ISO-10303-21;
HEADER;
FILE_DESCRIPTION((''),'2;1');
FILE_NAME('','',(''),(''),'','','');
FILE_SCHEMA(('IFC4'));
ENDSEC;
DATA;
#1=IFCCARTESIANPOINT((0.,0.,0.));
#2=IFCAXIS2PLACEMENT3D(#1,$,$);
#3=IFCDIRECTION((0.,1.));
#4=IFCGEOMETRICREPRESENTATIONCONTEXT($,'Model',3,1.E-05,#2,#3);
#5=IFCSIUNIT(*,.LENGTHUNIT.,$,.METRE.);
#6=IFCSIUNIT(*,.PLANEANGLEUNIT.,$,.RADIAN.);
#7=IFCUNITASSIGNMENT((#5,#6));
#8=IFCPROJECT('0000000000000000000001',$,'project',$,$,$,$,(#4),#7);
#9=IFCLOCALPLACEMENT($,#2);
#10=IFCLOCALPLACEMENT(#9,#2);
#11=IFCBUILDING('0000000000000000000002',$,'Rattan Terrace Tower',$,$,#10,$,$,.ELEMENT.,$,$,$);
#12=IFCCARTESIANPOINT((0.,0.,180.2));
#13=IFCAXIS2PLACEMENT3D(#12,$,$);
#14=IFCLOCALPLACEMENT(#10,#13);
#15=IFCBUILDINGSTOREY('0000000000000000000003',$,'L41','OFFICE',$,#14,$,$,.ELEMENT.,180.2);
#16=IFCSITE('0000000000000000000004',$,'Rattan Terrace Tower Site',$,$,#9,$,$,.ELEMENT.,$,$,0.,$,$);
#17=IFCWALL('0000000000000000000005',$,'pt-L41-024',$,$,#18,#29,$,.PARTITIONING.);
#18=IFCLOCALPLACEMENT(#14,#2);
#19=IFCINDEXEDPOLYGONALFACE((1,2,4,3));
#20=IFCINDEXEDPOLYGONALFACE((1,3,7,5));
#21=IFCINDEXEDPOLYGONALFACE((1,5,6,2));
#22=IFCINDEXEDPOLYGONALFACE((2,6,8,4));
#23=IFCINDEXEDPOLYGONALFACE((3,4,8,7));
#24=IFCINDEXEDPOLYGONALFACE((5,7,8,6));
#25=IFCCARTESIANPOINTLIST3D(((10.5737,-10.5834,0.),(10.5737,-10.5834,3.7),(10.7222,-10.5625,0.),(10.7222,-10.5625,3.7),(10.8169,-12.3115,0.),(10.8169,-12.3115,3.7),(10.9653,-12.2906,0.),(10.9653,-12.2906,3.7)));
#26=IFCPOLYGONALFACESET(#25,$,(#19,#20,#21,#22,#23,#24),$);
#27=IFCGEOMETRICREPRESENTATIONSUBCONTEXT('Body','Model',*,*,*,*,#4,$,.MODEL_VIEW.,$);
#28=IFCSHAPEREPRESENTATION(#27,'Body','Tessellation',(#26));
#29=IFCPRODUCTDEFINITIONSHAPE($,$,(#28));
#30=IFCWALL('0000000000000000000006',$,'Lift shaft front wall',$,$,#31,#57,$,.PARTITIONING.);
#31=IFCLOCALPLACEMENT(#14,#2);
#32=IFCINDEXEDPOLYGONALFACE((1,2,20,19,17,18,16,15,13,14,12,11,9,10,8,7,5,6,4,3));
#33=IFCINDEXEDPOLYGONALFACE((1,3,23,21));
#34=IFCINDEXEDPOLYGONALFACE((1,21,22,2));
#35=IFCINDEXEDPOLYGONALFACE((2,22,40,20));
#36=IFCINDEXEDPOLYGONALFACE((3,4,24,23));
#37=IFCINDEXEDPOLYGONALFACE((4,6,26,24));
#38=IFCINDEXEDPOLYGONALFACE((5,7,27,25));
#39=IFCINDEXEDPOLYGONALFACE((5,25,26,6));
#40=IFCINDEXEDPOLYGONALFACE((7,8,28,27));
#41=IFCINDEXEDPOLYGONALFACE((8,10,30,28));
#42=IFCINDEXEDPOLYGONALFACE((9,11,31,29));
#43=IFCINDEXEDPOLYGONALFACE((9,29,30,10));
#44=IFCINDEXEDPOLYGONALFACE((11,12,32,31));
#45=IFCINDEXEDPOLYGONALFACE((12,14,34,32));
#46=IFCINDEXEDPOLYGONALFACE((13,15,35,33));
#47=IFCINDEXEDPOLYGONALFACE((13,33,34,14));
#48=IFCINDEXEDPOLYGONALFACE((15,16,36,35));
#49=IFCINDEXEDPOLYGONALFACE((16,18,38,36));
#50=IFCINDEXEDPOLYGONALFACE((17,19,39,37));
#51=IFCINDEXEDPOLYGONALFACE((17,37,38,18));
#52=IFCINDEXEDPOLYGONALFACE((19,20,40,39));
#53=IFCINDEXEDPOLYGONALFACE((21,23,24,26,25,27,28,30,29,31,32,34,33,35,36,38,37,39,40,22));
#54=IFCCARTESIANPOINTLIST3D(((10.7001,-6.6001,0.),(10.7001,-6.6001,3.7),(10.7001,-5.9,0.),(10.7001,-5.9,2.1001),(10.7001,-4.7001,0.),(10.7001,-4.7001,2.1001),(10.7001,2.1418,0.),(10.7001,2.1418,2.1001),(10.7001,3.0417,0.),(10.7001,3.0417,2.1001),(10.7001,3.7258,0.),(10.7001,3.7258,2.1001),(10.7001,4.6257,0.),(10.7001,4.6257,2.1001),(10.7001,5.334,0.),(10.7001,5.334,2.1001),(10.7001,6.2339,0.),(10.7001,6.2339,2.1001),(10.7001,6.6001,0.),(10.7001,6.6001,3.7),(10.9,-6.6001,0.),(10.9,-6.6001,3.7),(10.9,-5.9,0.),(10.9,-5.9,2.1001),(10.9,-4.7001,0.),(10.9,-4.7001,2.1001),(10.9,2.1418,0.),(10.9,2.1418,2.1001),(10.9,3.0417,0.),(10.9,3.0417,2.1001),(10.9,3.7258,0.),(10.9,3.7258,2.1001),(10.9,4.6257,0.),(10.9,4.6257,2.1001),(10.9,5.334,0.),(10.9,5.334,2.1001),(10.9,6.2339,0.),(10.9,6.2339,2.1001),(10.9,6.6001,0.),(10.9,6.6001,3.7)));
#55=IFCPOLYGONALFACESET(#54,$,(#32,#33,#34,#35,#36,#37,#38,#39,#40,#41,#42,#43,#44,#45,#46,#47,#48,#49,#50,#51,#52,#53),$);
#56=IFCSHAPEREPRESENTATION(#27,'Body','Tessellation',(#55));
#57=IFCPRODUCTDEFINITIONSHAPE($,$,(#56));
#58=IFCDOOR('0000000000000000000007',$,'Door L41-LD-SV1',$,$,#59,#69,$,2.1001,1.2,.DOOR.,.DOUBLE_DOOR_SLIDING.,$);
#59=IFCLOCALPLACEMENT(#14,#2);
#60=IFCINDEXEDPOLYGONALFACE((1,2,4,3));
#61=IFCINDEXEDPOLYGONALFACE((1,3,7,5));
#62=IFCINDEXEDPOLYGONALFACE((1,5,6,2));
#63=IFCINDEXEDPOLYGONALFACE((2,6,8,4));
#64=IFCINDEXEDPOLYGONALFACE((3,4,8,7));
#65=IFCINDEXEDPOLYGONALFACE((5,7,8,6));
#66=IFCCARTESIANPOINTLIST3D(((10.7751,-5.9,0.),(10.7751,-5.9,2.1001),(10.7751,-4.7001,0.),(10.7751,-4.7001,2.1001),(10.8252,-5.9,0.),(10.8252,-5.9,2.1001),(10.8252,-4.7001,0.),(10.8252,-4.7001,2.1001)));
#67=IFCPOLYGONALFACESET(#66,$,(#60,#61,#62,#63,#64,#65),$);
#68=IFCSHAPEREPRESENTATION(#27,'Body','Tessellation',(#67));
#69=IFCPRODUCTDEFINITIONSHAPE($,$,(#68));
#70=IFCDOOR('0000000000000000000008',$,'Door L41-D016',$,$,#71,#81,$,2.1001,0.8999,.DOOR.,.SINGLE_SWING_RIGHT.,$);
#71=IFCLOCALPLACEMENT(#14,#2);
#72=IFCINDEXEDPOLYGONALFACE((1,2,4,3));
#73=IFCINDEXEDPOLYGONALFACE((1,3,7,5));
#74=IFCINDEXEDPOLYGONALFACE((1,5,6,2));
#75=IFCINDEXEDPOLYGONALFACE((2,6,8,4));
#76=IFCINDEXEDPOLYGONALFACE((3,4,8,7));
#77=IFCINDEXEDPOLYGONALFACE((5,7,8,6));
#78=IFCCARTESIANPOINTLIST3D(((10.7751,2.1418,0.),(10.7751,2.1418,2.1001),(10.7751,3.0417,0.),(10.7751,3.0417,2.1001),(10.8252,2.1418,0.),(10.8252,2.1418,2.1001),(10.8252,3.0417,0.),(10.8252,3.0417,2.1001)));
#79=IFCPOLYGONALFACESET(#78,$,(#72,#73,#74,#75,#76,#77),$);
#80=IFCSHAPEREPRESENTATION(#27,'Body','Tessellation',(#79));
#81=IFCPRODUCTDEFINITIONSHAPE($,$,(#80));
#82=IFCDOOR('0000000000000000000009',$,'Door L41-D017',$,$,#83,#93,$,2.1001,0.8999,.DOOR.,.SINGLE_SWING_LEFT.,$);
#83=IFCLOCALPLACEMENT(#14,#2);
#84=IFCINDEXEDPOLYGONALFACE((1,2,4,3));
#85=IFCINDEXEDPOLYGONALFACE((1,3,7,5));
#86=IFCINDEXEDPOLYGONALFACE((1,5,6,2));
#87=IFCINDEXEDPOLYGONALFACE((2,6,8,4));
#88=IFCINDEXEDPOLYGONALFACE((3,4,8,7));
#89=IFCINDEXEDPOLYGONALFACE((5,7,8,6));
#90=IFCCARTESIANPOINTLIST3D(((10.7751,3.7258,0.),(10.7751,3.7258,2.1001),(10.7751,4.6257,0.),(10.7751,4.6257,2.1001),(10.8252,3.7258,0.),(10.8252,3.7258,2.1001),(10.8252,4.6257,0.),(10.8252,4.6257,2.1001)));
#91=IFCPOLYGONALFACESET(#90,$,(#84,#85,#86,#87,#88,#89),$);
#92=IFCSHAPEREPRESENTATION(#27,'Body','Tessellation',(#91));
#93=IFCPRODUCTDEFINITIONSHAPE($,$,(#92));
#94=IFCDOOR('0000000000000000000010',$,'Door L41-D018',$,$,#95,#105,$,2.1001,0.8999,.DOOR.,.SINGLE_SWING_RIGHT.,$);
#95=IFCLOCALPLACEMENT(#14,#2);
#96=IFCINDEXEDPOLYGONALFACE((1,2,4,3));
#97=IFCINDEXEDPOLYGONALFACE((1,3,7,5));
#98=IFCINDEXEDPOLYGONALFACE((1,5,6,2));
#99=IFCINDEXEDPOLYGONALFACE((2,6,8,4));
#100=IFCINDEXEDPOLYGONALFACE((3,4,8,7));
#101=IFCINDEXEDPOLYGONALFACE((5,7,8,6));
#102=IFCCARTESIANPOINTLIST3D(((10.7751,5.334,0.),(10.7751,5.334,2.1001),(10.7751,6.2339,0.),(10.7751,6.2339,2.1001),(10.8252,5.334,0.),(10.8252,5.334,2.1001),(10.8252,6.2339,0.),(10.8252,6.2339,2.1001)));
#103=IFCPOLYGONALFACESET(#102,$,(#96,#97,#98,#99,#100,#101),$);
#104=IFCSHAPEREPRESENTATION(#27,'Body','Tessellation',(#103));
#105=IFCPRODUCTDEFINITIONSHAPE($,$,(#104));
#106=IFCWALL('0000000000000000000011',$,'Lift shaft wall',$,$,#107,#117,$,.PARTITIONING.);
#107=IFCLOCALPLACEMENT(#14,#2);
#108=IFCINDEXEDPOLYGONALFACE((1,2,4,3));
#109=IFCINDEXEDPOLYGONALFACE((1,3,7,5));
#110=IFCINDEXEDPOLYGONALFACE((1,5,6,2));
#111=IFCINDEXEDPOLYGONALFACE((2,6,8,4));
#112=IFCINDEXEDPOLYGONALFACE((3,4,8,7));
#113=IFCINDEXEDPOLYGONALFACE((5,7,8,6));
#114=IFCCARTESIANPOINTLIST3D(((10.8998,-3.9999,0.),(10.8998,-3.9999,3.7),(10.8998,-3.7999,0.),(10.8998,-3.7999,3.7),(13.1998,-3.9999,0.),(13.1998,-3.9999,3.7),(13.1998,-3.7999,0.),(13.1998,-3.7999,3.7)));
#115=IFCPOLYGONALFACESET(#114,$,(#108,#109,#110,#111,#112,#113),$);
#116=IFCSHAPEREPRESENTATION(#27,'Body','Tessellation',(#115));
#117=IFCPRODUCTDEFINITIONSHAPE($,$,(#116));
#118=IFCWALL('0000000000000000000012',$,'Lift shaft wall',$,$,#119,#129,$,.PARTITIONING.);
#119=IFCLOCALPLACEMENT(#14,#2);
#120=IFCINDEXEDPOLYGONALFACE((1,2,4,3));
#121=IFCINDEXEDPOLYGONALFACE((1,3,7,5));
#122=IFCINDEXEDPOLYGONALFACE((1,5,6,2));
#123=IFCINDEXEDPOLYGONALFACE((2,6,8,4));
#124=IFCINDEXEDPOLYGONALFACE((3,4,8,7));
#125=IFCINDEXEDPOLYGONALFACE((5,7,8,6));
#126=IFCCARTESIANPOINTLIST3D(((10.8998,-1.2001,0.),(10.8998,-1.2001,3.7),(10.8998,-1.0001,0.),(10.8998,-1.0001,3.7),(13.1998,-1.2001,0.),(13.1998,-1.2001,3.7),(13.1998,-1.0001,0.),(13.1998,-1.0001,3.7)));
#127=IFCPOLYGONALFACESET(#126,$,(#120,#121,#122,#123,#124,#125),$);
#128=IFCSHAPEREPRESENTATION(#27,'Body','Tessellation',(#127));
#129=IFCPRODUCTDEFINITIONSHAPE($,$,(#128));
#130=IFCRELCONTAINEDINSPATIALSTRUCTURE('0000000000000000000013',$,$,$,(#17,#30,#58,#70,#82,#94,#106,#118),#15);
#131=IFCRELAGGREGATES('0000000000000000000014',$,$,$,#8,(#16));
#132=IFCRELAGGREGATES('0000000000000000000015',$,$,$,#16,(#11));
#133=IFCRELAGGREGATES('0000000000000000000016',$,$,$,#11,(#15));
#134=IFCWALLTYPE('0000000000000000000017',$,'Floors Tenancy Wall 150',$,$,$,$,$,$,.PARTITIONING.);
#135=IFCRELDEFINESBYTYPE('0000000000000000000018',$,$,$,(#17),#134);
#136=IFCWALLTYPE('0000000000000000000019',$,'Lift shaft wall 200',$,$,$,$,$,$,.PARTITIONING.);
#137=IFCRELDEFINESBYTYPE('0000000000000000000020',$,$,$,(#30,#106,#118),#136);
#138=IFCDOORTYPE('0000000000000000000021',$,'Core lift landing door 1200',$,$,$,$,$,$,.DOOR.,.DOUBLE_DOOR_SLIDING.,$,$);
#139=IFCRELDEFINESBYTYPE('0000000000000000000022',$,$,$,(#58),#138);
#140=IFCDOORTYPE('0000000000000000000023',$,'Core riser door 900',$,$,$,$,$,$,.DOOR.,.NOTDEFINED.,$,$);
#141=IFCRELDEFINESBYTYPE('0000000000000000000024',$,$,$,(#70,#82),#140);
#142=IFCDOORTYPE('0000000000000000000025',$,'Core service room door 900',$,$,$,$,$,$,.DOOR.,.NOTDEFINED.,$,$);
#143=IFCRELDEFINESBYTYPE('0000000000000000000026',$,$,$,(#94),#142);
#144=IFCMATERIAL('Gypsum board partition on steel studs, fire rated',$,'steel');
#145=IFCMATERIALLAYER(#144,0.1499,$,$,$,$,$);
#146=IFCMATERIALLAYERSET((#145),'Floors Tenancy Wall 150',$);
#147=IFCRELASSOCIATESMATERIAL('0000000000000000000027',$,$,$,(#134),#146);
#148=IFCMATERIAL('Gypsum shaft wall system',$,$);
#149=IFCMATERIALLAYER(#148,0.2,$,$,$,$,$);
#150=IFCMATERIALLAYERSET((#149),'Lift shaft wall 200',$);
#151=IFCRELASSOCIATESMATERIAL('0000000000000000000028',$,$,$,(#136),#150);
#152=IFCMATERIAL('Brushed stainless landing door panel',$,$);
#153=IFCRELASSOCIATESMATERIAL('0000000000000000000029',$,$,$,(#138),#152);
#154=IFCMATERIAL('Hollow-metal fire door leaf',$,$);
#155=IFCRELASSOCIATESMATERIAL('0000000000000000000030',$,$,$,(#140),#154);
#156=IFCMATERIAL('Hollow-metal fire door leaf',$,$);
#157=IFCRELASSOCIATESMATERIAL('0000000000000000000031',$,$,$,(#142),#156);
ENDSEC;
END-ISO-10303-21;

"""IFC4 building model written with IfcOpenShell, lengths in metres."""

from ifc_helpers import new_model, si_unit, direction, frame, frame_2d, origin, place, context, subcontext, project, spatial, rectangle, extrude, material, layer, layer_set, type_object, element, fill, save


model = new_model("IFC4")

# Units and contexts
model_context = context("Model", 3, precision=1e-05, world=origin(), true_north=direction((0.0, 1.0)))
body_context = subcontext(model_context, "Body", "Model", "MODEL_VIEW")
ifc_project = project(units=[si_unit("LENGTHUNIT", "METRE"), si_unit("PLANEANGLEUNIT", "RADIAN")], contexts=[model_context])

# Site, building, storey
site_placement = place(None, origin())
site = spatial("IfcSite", under=ifc_project, at=site_placement, Name="Rattan Terrace Tower Site", CompositionType="ELEMENT", RefElevation=0.0)
building_placement = place(site_placement, origin())
building = spatial("IfcBuilding", under=site, at=building_placement, Name="Rattan Terrace Tower", CompositionType="ELEMENT")
storey_placement = place(building_placement, frame((0.0, 0.0, 180.2)))
storey = spatial("IfcBuildingStorey", under=building, at=storey_placement, Name="L41", Description="OFFICE", CompositionType="ELEMENT", Elevation=180.2)

# Shared definitions
ifc_material_1 = material(Name="Gypsum board partition on steel studs, fire rated", Category="steel")
ifc_layer_1 = layer(ifc_material_1, 0.1499)
ifc_layer_set_1 = layer_set([ifc_layer_1], Name="Floors Tenancy Wall 150")
wall_type_1 = type_object("IfcWallType", Name="Floors Tenancy Wall 150", PredefinedType="PARTITIONING", material=ifc_layer_set_1)

# Wall
wall_1_placement = place(storey_placement, frame((10.8911, -12.301, 0.0), z_axis=(0.0, 0.0, 1.0), x_axis=(-0.139345, 0.990244, 0.0)))
element("IfcWall", 1, at=wall_1_placement, inside=storey, type_object=wall_type_1, Name="pt-L41-024", PredefinedType="PARTITIONING", context=body_context, shape_type="SweptSolid", body=[
    extrude(rectangle(XDim=1.7451, YDim=0.1499, at=frame_2d((0.8726, 0.0))), origin(), (0.0, 0.0, 1.0), 3.7),
])

# Wall, openings, doors
ifc_material_2 = material(Name="Gypsum shaft wall system")
ifc_layer_2 = layer(ifc_material_2, 0.2)
ifc_layer_set_2 = layer_set([ifc_layer_2], Name="Lift shaft wall 200")
wall_type_2 = type_object("IfcWallType", Name="Lift shaft wall 200", PredefinedType="PARTITIONING", material=ifc_layer_set_2)
wall_2_placement = place(storey_placement, frame((10.8, -6.6001, 0.0), z_axis=(0.0, 0.0, 1.0), x_axis=(0.0, 1.0, 0.0)))
wall_2 = element("IfcWall", 2, at=wall_2_placement, inside=storey, type_object=wall_type_2, Name="Lift shaft front wall", PredefinedType="PARTITIONING", context=body_context, shape_type="SweptSolid", body=[
    extrude(rectangle(XDim=13.2002, YDim=0.2, at=frame_2d((6.6001, 0.0))), origin(), (0.0, 0.0, 1.0), 3.7),
])
opening_1_placement = place(wall_2_placement, frame((0.7, 0.0, 0.0)))
opening_1 = element("IfcOpeningElement", 3, at=opening_1_placement, cuts=wall_2, PredefinedType="OPENING", context=body_context, shape_type="SweptSolid", body=[
    extrude(rectangle(XDim=1.2, YDim=2.1001, at=frame_2d((0.6001, 1.05))), frame((0.0, 0.1106, 0.0), z_axis=(0.0, -1.0, 0.0), x_axis=(1.0, 0.0, 0.0)), (0.0, 0.0, 1.0), 0.2209),
])
opening_2_placement = place(wall_2_placement, frame((8.7419, 0.0, 0.0)))
opening_2 = element("IfcOpeningElement", 4, at=opening_2_placement, cuts=wall_2, PredefinedType="OPENING", context=body_context, shape_type="SweptSolid", body=[
    extrude(rectangle(XDim=0.8999, YDim=2.1001, at=frame_2d((0.45, 1.05))), frame((0.0, 0.1106, 0.0), z_axis=(0.0, -1.0, 0.0), x_axis=(1.0, 0.0, 0.0)), (0.0, 0.0, 1.0), 0.2209),
])
opening_3_placement = place(wall_2_placement, frame((10.3259, 0.0, 0.0)))
opening_3 = element("IfcOpeningElement", 5, at=opening_3_placement, cuts=wall_2, PredefinedType="OPENING", context=body_context, shape_type="SweptSolid", body=[
    extrude(rectangle(XDim=0.8999, YDim=2.1001, at=frame_2d((0.45, 1.05))), frame((0.0, 0.1106, 0.0), z_axis=(0.0, -1.0, 0.0), x_axis=(1.0, 0.0, 0.0)), (0.0, 0.0, 1.0), 0.2209),
])
opening_4_placement = place(wall_2_placement, frame((11.9341, 0.0, 0.0)))
opening_4 = element("IfcOpeningElement", 6, at=opening_4_placement, cuts=wall_2, PredefinedType="OPENING", context=body_context, shape_type="SweptSolid", body=[
    extrude(rectangle(XDim=0.8999, YDim=2.1001, at=frame_2d((0.45, 1.05))), frame((0.0, 0.1106, 0.0), z_axis=(0.0, -1.0, 0.0), x_axis=(1.0, 0.0, 0.0)), (0.0, 0.0, 1.0), 0.2209),
])
ifc_material_3 = material(Name="Brushed stainless landing door panel")
door_type_1 = type_object("IfcDoorType", Name="Core lift landing door 1200", OperationType="DOUBLE_DOOR_SLIDING", PredefinedType="DOOR", material=ifc_material_3)
door_1_placement = place(opening_1_placement, origin())
door_1 = element("IfcDoor", 7, at=door_1_placement, inside=storey, type_object=door_type_1, Name="Door L41-LD-SV1", OperationType="DOUBLE_DOOR_SLIDING", OverallHeight=2.1001, OverallWidth=1.2, PredefinedType="DOOR", context=body_context, shape_type="SweptSolid", body=[
    extrude(rectangle(XDim=1.2, YDim=2.1001, at=frame_2d((0.6001, 1.05))), frame((0.0, 0.0249, 0.0), z_axis=(0.0, -1.0, 0.0), x_axis=(1.0, 0.0, 0.0)), (0.0, 0.0, 1.0), 0.05),
])
fill(opening_1, door_1)
ifc_material_4 = material(Name="Hollow-metal fire door leaf")
door_type_2 = type_object("IfcDoorType", Name="Core riser door 900", OperationType="NOTDEFINED", PredefinedType="DOOR", material=ifc_material_4)
door_2_placement = place(opening_2_placement, origin())
door_2 = element("IfcDoor", 8, at=door_2_placement, inside=storey, type_object=door_type_2, Name="Door L41-D016", OperationType="SINGLE_SWING_RIGHT", OverallHeight=2.1001, OverallWidth=0.8999, PredefinedType="DOOR", context=body_context, shape_type="SweptSolid", body=[
    extrude(rectangle(XDim=0.8999, YDim=2.1001, at=frame_2d((0.45, 1.05))), frame((0.0, 0.0249, 0.0), z_axis=(0.0, -1.0, 0.0), x_axis=(1.0, 0.0, 0.0)), (0.0, 0.0, 1.0), 0.05),
])
fill(opening_2, door_2)
door_3_placement = place(opening_3_placement, origin())
door_3 = element("IfcDoor", 9, at=door_3_placement, inside=storey, type_object=door_type_2, Name="Door L41-D017", OperationType="SINGLE_SWING_LEFT", OverallHeight=2.1001, OverallWidth=0.8999, PredefinedType="DOOR", context=body_context, shape_type="SweptSolid", body=[
    extrude(rectangle(XDim=0.8999, YDim=2.1001, at=frame_2d((0.45, 1.05))), frame((0.0, 0.0249, 0.0), z_axis=(0.0, -1.0, 0.0), x_axis=(1.0, 0.0, 0.0)), (0.0, 0.0, 1.0), 0.05),
])
fill(opening_3, door_3)
ifc_material_5 = material(Name="Hollow-metal fire door leaf")
door_type_3 = type_object("IfcDoorType", Name="Core service room door 900", OperationType="NOTDEFINED", PredefinedType="DOOR", material=ifc_material_5)
door_4_placement = place(opening_4_placement, origin())
door_4 = element("IfcDoor", 10, at=door_4_placement, inside=storey, type_object=door_type_3, Name="Door L41-D018", OperationType="SINGLE_SWING_RIGHT", OverallHeight=2.1001, OverallWidth=0.8999, PredefinedType="DOOR", context=body_context, shape_type="SweptSolid", body=[
    extrude(rectangle(XDim=0.8999, YDim=2.1001, at=frame_2d((0.45, 1.05))), frame((0.0, 0.0249, 0.0), z_axis=(0.0, -1.0, 0.0), x_axis=(1.0, 0.0, 0.0)), (0.0, 0.0, 1.0), 0.05),
])
fill(opening_4, door_4)

# Walls
for number, where, z_axis, x_axis, name in (
    (11, (10.8999, -3.8999, 0.0), (0.0, 0.0, 1.0), (1.0, 0.0, 0.0), "Lift shaft wall"),
    (12, (10.8999, -1.1001, 0.0), (0.0, 0.0, 1.0), (1.0, 0.0, 0.0), "Lift shaft wall"),
):
    element("IfcWall", number, at=place(storey_placement, frame(where, z_axis=z_axis, x_axis=x_axis)), inside=storey, type_object=wall_type_2, Name=name, PredefinedType="PARTITIONING", context=body_context, shape_type="SweptSolid", body=[
        extrude(rectangle(XDim=2.3, YDim=0.2, at=frame_2d((1.1499, 0.0))), origin(), (0.0, 0.0, 1.0), 3.7),
    ])

save(model, "model.ifc")
